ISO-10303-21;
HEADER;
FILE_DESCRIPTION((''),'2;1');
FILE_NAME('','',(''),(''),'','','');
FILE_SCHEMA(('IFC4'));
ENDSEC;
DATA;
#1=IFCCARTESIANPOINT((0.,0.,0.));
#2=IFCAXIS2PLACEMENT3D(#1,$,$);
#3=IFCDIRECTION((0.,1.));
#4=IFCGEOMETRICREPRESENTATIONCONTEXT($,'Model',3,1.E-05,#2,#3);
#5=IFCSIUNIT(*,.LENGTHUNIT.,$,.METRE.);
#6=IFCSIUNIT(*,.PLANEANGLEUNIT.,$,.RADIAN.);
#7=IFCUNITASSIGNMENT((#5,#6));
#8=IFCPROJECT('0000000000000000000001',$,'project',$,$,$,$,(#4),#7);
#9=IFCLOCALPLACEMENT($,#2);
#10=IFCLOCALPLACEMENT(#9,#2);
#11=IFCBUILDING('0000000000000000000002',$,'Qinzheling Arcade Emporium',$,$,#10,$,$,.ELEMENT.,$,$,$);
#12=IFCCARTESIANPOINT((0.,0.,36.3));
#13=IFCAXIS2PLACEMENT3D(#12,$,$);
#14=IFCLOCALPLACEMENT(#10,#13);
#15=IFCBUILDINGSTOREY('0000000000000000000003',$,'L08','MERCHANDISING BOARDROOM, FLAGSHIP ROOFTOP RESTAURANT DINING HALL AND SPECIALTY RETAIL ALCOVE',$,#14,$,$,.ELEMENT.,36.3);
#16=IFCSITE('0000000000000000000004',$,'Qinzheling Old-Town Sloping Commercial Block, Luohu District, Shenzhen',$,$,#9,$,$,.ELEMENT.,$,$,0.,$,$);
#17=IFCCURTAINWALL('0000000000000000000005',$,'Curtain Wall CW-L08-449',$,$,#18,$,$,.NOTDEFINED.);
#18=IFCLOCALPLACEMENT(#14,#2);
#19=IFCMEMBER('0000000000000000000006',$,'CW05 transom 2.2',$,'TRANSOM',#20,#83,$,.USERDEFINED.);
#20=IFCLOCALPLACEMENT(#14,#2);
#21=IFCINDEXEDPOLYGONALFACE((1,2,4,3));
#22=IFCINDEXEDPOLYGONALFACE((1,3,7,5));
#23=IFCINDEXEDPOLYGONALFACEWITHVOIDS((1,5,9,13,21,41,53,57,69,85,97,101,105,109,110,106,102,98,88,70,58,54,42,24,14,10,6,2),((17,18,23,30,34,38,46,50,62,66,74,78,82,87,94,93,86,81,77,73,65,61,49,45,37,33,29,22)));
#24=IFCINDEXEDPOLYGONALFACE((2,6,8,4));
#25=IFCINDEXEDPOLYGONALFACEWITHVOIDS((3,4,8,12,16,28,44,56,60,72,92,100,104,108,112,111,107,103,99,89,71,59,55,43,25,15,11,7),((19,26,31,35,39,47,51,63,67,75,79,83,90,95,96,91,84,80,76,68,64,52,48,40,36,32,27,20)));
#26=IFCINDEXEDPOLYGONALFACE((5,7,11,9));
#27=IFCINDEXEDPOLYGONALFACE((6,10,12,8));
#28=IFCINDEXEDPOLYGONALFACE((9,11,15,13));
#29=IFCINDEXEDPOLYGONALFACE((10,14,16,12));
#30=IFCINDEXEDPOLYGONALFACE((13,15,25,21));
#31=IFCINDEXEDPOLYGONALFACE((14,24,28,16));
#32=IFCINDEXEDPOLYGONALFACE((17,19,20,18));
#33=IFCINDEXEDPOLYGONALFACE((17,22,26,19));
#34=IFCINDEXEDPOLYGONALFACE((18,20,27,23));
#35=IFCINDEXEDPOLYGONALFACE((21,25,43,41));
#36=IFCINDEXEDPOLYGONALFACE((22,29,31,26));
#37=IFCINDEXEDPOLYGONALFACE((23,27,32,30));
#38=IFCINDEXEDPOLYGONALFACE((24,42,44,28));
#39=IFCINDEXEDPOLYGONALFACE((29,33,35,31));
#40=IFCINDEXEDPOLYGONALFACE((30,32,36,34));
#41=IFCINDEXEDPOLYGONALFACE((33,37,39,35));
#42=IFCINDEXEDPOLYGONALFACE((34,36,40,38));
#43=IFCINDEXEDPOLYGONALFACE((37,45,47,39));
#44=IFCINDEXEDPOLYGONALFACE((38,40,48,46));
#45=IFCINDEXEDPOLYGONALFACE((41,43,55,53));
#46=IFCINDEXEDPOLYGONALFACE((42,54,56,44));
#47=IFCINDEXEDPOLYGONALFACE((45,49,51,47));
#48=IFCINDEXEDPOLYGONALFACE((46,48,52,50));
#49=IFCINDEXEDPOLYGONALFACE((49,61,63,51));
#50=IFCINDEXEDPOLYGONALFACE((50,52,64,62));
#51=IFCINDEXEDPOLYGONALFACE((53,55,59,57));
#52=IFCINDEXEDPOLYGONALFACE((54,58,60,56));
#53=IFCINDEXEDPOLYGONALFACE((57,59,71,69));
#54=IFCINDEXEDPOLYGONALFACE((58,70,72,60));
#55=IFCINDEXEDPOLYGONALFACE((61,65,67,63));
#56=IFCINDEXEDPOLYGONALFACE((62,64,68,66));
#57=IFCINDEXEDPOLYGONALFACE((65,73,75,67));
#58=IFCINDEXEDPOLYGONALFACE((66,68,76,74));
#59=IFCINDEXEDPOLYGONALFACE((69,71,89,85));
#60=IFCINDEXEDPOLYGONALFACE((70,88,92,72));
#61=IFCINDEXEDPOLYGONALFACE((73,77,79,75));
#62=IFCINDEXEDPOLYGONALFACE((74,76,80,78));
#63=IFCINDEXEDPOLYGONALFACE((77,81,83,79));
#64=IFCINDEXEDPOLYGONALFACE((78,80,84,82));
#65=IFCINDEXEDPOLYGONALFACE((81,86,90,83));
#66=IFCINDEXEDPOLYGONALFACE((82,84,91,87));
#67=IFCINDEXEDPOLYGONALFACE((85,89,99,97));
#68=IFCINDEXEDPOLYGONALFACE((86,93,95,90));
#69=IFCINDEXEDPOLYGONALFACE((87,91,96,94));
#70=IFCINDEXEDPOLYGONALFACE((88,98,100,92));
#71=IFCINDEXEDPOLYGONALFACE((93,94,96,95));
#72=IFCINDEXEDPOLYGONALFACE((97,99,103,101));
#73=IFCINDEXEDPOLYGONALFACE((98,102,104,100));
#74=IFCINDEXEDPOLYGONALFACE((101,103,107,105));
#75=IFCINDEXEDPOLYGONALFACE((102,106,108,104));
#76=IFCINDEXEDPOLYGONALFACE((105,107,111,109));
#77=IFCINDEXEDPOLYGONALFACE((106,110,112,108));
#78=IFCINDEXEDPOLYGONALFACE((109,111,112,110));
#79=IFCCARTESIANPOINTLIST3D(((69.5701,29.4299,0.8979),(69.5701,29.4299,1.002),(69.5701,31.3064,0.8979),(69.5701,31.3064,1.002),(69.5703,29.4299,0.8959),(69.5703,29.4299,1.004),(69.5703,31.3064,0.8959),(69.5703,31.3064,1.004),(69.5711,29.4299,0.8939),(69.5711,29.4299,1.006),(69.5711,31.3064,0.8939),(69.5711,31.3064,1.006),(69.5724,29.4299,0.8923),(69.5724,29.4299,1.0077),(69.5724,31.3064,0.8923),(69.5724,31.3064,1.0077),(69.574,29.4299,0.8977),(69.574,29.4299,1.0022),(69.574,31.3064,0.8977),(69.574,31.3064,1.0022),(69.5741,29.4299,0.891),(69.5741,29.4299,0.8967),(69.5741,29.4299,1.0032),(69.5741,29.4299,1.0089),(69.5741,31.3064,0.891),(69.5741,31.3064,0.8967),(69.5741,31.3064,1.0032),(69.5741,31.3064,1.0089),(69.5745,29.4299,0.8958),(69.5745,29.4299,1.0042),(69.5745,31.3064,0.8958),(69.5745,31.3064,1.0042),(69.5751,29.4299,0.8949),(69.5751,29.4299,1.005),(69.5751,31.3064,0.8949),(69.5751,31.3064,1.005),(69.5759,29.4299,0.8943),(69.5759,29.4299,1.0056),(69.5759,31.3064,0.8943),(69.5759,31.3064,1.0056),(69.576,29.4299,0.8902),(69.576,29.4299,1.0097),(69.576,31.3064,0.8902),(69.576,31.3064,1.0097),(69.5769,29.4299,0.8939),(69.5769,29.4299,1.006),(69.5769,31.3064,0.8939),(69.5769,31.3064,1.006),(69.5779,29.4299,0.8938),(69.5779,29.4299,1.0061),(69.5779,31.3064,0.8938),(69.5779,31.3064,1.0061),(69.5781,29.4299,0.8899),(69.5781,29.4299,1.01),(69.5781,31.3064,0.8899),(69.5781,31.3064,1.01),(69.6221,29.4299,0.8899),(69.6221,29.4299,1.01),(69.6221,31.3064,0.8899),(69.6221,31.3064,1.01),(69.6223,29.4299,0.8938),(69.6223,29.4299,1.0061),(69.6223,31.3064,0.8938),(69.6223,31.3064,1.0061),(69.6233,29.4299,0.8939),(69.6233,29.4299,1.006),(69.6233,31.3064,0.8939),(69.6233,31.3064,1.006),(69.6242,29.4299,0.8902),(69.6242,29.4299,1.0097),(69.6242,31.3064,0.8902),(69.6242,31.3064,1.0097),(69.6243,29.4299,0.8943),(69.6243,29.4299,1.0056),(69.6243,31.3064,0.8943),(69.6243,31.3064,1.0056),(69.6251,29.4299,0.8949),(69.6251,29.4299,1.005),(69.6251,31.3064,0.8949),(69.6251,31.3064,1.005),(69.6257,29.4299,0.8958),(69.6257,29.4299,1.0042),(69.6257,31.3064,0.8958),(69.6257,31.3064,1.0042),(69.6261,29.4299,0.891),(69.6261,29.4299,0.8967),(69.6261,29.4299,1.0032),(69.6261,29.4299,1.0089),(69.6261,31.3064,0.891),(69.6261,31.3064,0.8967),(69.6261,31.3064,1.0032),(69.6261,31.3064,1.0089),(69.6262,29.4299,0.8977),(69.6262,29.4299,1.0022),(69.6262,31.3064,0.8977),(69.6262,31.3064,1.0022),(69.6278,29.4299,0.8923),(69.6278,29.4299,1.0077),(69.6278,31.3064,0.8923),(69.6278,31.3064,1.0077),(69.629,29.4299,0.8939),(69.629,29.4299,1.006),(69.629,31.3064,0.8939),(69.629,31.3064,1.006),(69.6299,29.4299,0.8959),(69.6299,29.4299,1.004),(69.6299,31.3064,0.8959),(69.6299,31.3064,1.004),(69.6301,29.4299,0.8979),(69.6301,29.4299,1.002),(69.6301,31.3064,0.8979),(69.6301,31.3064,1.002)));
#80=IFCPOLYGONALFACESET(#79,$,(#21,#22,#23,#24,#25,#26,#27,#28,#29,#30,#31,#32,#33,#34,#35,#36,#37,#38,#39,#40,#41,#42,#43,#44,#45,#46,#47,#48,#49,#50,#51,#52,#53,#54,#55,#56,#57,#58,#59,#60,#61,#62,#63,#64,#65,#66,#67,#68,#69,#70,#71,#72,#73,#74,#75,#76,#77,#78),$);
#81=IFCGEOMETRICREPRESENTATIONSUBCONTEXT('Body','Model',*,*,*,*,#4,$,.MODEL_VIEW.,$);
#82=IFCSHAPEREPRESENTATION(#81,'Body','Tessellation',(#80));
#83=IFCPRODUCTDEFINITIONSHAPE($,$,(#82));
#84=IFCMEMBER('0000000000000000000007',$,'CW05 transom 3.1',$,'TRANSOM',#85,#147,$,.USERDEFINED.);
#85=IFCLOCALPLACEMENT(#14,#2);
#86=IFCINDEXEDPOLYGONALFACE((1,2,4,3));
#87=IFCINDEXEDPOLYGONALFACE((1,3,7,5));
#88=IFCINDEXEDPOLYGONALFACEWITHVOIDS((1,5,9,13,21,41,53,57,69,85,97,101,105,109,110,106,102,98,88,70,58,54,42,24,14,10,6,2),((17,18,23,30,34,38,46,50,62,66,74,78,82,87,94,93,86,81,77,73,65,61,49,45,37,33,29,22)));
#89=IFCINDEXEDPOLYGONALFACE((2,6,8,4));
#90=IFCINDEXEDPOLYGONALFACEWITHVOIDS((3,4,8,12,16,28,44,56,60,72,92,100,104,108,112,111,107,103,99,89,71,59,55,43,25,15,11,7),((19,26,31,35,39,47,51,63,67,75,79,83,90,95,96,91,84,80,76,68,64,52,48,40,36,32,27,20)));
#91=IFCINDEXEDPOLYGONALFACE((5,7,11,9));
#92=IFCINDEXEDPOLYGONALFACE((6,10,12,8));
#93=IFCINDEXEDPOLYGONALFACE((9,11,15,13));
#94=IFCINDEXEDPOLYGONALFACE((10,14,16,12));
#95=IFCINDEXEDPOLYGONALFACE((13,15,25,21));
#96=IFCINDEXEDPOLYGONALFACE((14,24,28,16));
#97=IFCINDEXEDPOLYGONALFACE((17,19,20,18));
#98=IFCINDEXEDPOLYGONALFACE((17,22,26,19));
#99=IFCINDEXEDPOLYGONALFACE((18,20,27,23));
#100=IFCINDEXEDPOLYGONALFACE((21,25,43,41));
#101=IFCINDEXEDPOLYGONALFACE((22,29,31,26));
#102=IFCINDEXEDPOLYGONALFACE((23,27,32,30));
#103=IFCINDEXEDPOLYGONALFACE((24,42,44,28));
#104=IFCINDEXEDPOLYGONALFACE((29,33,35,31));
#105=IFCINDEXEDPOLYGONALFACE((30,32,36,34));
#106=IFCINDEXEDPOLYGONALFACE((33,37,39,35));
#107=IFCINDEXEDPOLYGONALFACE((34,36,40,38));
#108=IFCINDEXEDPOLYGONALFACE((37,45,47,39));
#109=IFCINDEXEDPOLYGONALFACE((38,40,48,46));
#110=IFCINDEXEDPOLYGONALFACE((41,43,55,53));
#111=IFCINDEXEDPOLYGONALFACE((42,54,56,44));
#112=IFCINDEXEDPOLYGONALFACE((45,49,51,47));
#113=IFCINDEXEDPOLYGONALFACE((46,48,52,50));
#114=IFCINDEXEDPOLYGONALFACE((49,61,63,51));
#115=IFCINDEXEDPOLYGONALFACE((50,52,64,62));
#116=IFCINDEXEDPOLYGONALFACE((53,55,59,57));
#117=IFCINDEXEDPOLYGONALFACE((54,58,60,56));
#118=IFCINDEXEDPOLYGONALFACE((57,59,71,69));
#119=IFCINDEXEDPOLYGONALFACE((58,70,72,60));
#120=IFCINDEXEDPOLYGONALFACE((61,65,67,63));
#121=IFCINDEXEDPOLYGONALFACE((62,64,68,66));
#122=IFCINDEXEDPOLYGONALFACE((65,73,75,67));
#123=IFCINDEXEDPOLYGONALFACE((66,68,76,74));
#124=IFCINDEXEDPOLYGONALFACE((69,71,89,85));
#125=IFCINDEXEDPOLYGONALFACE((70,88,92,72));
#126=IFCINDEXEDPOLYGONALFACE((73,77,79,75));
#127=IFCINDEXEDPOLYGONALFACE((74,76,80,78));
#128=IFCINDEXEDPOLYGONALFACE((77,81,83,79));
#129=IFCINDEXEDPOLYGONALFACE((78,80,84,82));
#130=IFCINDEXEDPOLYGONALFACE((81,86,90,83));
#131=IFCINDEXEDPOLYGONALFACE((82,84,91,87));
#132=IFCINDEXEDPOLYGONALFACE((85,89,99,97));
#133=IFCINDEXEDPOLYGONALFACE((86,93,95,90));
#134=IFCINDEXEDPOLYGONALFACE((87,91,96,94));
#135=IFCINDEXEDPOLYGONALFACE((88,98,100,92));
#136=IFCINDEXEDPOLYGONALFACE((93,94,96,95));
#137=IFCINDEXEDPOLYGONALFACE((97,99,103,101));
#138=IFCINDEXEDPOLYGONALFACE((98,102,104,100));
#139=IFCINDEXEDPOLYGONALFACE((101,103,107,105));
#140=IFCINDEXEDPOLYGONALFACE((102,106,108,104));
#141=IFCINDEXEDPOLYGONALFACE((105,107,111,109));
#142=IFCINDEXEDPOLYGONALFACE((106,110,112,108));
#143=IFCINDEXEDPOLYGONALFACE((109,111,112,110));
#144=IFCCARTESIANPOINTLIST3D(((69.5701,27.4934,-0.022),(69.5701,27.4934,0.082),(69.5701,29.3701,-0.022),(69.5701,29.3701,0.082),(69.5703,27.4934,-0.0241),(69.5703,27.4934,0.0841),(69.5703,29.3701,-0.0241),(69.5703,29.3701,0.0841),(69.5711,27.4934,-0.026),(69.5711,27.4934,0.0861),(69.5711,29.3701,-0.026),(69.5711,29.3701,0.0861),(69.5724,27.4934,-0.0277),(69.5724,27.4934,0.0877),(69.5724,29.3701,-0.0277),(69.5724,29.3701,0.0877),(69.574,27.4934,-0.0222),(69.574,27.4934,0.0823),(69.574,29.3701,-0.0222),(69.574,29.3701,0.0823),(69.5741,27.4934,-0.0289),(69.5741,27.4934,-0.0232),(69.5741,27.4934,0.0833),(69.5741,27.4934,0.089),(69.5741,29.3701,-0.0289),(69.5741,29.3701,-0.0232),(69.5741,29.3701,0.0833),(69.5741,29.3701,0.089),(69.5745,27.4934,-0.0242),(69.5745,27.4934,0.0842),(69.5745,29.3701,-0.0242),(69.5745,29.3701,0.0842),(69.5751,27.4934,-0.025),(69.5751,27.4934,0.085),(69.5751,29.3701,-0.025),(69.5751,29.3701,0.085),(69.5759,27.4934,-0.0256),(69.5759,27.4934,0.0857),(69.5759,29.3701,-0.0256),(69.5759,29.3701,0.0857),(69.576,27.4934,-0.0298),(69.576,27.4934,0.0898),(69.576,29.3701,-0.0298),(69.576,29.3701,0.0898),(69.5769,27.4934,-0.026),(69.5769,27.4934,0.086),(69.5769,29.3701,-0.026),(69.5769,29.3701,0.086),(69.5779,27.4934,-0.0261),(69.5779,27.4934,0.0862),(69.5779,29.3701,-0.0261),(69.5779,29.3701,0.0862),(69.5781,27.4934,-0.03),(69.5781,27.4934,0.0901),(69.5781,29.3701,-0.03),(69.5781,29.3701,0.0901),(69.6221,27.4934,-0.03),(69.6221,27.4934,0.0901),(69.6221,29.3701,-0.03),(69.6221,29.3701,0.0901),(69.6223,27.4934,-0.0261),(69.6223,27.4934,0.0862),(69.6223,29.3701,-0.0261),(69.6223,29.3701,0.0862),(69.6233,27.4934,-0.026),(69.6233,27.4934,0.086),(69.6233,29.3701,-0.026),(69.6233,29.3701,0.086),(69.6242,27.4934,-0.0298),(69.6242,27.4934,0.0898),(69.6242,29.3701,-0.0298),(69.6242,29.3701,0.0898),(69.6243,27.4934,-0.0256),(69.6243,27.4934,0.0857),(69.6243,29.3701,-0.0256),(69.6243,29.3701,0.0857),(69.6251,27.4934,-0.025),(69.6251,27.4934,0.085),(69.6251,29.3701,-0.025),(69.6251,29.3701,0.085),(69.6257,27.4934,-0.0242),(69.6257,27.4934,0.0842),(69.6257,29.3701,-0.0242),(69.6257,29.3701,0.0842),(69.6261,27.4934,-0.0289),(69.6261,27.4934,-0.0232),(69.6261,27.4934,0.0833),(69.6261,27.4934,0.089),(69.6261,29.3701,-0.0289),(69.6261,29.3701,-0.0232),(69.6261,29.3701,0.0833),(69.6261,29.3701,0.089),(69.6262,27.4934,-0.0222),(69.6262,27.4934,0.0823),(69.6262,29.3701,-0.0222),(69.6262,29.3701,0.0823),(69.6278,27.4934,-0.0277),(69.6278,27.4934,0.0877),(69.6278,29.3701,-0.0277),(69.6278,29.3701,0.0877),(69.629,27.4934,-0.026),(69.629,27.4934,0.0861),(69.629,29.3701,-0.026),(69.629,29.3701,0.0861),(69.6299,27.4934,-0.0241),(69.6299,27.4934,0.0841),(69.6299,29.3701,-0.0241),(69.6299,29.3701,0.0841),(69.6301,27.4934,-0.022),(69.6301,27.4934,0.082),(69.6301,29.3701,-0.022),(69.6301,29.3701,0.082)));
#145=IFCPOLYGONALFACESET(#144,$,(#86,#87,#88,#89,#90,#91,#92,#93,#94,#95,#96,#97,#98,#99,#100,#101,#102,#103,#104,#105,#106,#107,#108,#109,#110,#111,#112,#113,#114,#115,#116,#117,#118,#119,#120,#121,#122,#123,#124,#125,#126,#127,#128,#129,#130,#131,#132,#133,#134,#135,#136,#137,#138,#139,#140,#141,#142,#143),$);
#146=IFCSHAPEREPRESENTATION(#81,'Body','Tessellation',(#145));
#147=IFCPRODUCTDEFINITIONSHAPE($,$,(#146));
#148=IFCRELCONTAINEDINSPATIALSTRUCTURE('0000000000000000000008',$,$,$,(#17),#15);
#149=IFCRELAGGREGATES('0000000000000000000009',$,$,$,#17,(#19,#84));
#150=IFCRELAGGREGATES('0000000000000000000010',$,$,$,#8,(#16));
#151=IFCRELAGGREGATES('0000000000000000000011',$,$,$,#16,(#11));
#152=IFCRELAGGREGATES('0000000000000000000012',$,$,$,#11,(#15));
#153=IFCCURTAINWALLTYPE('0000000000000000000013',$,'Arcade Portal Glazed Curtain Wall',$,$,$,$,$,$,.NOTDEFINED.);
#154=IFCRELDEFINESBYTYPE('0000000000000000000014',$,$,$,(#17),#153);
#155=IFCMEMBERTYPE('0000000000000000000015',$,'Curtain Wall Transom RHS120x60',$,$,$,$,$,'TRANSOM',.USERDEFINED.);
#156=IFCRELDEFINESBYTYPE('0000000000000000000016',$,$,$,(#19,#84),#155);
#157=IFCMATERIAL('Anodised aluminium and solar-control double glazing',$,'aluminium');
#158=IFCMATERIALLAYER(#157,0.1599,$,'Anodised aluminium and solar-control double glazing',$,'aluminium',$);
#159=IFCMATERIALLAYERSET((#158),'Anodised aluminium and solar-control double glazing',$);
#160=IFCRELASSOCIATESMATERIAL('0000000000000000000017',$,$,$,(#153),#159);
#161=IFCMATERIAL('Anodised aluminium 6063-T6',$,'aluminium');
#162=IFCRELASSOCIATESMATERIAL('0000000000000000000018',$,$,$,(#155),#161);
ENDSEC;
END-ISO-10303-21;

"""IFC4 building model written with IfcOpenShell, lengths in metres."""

from ifc_helpers import new_model, si_unit, direction, frame, origin, origin_2d, place, context, subcontext, project, spatial, hollow_rectangle, extrude, material, layer, layer_set, material_profile, profile_set, type_object, element, aggregate, save


model = new_model("IFC4")

# Units and contexts
model_context = context("Model", 3, precision=1e-05, world=origin(), true_north=direction((0.0, 1.0)))
body_context = subcontext(model_context, "Body", "Model", "MODEL_VIEW")
ifc_project = project(units=[si_unit("LENGTHUNIT", "METRE"), si_unit("PLANEANGLEUNIT", "RADIAN")], contexts=[model_context])

# Site, building, storey
site_placement = place(None, origin())
site = spatial("IfcSite", under=ifc_project, at=site_placement, Name="Qinzheling Old-Town Sloping Commercial Block, Luohu District, Shenzhen", CompositionType="ELEMENT", RefElevation=0.0)
building_placement = place(site_placement, origin())
building = spatial("IfcBuilding", under=site, at=building_placement, Name="Qinzheling Arcade Emporium", CompositionType="ELEMENT")
storey_placement = place(building_placement, frame((0.0, 0.0, 36.3)))
storey = spatial("IfcBuildingStorey", under=building, at=storey_placement, Name="L08", Description="MERCHANDISING BOARDROOM, FLAGSHIP ROOFTOP RESTAURANT DINING HALL AND SPECIALTY RETAIL ALCOVE", CompositionType="ELEMENT", Elevation=36.3)

# Curtain wall, members
ifc_material_1 = material(Name="Anodised aluminium and solar-control double glazing", Category="aluminium")
ifc_layer_1 = layer(ifc_material_1, 0.1599, Name="Anodised aluminium and solar-control double glazing", Category="aluminium")
ifc_layer_set_1 = layer_set([ifc_layer_1], Name="Anodised aluminium and solar-control double glazing")
curtain_wall_type = type_object("IfcCurtainWallType", Name="Arcade Portal Glazed Curtain Wall", PredefinedType="NOTDEFINED", material=ifc_layer_set_1)
curtain_wall_placement = place(storey_placement, origin())
curtain_wall = element("IfcCurtainWall", 1, at=curtain_wall_placement, inside=storey, type_object=curtain_wall_type, Name="Curtain Wall CW-L08-449", PredefinedType="NOTDEFINED")
ifc_material_2 = material(Name="Anodised aluminium 6063-T6", Category="aluminium")
ifc_material_profile_1 = material_profile(ifc_material_2, hollow_rectangle(XDim=0.0601, YDim=0.1201, WallThickness=0.0039, InnerFilletRadius=0.0039, OuterFilletRadius=0.0081, at=origin_2d()), Name="RHS 120x60x4", Category="aluminium")
ifc_profile_set_1 = profile_set([ifc_material_profile_1], Name="Anodised aluminium 6063-T6")
member_type_1 = type_object("IfcMemberType", Name="Curtain Wall Transom RHS120x60", ElementType="TRANSOM", PredefinedType="USERDEFINED", material=ifc_profile_set_1)
member_1_placement = place(storey_placement, frame((69.6001, 31.3064, 0.95), z_axis=(0.0, -1.0, 0.0), x_axis=(1.0, 0.0, 0.0)))
member_1 = element("IfcMember", 2, at=member_1_placement, type_object=member_type_1, Name="CW05 transom 2.2", ObjectType="TRANSOM", PredefinedType="USERDEFINED", context=body_context, shape_type="SweptSolid", body=[
    extrude(hollow_rectangle(XDim=0.0601, YDim=0.1201, WallThickness=0.0039, InnerFilletRadius=0.0039, OuterFilletRadius=0.0081, at=origin_2d()), origin(), (0.0, 0.0, 1.0), 1.8765),
])
member_2_placement = place(storey_placement, frame((69.6001, 29.3701, 0.03), z_axis=(0.0, -1.0, 0.0), x_axis=(1.0, 0.0, 0.0)))
member_2 = element("IfcMember", 3, at=member_2_placement, type_object=member_type_1, Name="CW05 transom 3.1", ObjectType="TRANSOM", PredefinedType="USERDEFINED", context=body_context, shape_type="SweptSolid", body=[
    extrude(hollow_rectangle(XDim=0.0601, YDim=0.1201, WallThickness=0.0039, InnerFilletRadius=0.0039, OuterFilletRadius=0.0081, at=origin_2d()), origin(), (0.0, 0.0, 1.0), 1.8767),
])

aggregate(curtain_wall, [member_1, member_2])

save(model, "model.ifc")
